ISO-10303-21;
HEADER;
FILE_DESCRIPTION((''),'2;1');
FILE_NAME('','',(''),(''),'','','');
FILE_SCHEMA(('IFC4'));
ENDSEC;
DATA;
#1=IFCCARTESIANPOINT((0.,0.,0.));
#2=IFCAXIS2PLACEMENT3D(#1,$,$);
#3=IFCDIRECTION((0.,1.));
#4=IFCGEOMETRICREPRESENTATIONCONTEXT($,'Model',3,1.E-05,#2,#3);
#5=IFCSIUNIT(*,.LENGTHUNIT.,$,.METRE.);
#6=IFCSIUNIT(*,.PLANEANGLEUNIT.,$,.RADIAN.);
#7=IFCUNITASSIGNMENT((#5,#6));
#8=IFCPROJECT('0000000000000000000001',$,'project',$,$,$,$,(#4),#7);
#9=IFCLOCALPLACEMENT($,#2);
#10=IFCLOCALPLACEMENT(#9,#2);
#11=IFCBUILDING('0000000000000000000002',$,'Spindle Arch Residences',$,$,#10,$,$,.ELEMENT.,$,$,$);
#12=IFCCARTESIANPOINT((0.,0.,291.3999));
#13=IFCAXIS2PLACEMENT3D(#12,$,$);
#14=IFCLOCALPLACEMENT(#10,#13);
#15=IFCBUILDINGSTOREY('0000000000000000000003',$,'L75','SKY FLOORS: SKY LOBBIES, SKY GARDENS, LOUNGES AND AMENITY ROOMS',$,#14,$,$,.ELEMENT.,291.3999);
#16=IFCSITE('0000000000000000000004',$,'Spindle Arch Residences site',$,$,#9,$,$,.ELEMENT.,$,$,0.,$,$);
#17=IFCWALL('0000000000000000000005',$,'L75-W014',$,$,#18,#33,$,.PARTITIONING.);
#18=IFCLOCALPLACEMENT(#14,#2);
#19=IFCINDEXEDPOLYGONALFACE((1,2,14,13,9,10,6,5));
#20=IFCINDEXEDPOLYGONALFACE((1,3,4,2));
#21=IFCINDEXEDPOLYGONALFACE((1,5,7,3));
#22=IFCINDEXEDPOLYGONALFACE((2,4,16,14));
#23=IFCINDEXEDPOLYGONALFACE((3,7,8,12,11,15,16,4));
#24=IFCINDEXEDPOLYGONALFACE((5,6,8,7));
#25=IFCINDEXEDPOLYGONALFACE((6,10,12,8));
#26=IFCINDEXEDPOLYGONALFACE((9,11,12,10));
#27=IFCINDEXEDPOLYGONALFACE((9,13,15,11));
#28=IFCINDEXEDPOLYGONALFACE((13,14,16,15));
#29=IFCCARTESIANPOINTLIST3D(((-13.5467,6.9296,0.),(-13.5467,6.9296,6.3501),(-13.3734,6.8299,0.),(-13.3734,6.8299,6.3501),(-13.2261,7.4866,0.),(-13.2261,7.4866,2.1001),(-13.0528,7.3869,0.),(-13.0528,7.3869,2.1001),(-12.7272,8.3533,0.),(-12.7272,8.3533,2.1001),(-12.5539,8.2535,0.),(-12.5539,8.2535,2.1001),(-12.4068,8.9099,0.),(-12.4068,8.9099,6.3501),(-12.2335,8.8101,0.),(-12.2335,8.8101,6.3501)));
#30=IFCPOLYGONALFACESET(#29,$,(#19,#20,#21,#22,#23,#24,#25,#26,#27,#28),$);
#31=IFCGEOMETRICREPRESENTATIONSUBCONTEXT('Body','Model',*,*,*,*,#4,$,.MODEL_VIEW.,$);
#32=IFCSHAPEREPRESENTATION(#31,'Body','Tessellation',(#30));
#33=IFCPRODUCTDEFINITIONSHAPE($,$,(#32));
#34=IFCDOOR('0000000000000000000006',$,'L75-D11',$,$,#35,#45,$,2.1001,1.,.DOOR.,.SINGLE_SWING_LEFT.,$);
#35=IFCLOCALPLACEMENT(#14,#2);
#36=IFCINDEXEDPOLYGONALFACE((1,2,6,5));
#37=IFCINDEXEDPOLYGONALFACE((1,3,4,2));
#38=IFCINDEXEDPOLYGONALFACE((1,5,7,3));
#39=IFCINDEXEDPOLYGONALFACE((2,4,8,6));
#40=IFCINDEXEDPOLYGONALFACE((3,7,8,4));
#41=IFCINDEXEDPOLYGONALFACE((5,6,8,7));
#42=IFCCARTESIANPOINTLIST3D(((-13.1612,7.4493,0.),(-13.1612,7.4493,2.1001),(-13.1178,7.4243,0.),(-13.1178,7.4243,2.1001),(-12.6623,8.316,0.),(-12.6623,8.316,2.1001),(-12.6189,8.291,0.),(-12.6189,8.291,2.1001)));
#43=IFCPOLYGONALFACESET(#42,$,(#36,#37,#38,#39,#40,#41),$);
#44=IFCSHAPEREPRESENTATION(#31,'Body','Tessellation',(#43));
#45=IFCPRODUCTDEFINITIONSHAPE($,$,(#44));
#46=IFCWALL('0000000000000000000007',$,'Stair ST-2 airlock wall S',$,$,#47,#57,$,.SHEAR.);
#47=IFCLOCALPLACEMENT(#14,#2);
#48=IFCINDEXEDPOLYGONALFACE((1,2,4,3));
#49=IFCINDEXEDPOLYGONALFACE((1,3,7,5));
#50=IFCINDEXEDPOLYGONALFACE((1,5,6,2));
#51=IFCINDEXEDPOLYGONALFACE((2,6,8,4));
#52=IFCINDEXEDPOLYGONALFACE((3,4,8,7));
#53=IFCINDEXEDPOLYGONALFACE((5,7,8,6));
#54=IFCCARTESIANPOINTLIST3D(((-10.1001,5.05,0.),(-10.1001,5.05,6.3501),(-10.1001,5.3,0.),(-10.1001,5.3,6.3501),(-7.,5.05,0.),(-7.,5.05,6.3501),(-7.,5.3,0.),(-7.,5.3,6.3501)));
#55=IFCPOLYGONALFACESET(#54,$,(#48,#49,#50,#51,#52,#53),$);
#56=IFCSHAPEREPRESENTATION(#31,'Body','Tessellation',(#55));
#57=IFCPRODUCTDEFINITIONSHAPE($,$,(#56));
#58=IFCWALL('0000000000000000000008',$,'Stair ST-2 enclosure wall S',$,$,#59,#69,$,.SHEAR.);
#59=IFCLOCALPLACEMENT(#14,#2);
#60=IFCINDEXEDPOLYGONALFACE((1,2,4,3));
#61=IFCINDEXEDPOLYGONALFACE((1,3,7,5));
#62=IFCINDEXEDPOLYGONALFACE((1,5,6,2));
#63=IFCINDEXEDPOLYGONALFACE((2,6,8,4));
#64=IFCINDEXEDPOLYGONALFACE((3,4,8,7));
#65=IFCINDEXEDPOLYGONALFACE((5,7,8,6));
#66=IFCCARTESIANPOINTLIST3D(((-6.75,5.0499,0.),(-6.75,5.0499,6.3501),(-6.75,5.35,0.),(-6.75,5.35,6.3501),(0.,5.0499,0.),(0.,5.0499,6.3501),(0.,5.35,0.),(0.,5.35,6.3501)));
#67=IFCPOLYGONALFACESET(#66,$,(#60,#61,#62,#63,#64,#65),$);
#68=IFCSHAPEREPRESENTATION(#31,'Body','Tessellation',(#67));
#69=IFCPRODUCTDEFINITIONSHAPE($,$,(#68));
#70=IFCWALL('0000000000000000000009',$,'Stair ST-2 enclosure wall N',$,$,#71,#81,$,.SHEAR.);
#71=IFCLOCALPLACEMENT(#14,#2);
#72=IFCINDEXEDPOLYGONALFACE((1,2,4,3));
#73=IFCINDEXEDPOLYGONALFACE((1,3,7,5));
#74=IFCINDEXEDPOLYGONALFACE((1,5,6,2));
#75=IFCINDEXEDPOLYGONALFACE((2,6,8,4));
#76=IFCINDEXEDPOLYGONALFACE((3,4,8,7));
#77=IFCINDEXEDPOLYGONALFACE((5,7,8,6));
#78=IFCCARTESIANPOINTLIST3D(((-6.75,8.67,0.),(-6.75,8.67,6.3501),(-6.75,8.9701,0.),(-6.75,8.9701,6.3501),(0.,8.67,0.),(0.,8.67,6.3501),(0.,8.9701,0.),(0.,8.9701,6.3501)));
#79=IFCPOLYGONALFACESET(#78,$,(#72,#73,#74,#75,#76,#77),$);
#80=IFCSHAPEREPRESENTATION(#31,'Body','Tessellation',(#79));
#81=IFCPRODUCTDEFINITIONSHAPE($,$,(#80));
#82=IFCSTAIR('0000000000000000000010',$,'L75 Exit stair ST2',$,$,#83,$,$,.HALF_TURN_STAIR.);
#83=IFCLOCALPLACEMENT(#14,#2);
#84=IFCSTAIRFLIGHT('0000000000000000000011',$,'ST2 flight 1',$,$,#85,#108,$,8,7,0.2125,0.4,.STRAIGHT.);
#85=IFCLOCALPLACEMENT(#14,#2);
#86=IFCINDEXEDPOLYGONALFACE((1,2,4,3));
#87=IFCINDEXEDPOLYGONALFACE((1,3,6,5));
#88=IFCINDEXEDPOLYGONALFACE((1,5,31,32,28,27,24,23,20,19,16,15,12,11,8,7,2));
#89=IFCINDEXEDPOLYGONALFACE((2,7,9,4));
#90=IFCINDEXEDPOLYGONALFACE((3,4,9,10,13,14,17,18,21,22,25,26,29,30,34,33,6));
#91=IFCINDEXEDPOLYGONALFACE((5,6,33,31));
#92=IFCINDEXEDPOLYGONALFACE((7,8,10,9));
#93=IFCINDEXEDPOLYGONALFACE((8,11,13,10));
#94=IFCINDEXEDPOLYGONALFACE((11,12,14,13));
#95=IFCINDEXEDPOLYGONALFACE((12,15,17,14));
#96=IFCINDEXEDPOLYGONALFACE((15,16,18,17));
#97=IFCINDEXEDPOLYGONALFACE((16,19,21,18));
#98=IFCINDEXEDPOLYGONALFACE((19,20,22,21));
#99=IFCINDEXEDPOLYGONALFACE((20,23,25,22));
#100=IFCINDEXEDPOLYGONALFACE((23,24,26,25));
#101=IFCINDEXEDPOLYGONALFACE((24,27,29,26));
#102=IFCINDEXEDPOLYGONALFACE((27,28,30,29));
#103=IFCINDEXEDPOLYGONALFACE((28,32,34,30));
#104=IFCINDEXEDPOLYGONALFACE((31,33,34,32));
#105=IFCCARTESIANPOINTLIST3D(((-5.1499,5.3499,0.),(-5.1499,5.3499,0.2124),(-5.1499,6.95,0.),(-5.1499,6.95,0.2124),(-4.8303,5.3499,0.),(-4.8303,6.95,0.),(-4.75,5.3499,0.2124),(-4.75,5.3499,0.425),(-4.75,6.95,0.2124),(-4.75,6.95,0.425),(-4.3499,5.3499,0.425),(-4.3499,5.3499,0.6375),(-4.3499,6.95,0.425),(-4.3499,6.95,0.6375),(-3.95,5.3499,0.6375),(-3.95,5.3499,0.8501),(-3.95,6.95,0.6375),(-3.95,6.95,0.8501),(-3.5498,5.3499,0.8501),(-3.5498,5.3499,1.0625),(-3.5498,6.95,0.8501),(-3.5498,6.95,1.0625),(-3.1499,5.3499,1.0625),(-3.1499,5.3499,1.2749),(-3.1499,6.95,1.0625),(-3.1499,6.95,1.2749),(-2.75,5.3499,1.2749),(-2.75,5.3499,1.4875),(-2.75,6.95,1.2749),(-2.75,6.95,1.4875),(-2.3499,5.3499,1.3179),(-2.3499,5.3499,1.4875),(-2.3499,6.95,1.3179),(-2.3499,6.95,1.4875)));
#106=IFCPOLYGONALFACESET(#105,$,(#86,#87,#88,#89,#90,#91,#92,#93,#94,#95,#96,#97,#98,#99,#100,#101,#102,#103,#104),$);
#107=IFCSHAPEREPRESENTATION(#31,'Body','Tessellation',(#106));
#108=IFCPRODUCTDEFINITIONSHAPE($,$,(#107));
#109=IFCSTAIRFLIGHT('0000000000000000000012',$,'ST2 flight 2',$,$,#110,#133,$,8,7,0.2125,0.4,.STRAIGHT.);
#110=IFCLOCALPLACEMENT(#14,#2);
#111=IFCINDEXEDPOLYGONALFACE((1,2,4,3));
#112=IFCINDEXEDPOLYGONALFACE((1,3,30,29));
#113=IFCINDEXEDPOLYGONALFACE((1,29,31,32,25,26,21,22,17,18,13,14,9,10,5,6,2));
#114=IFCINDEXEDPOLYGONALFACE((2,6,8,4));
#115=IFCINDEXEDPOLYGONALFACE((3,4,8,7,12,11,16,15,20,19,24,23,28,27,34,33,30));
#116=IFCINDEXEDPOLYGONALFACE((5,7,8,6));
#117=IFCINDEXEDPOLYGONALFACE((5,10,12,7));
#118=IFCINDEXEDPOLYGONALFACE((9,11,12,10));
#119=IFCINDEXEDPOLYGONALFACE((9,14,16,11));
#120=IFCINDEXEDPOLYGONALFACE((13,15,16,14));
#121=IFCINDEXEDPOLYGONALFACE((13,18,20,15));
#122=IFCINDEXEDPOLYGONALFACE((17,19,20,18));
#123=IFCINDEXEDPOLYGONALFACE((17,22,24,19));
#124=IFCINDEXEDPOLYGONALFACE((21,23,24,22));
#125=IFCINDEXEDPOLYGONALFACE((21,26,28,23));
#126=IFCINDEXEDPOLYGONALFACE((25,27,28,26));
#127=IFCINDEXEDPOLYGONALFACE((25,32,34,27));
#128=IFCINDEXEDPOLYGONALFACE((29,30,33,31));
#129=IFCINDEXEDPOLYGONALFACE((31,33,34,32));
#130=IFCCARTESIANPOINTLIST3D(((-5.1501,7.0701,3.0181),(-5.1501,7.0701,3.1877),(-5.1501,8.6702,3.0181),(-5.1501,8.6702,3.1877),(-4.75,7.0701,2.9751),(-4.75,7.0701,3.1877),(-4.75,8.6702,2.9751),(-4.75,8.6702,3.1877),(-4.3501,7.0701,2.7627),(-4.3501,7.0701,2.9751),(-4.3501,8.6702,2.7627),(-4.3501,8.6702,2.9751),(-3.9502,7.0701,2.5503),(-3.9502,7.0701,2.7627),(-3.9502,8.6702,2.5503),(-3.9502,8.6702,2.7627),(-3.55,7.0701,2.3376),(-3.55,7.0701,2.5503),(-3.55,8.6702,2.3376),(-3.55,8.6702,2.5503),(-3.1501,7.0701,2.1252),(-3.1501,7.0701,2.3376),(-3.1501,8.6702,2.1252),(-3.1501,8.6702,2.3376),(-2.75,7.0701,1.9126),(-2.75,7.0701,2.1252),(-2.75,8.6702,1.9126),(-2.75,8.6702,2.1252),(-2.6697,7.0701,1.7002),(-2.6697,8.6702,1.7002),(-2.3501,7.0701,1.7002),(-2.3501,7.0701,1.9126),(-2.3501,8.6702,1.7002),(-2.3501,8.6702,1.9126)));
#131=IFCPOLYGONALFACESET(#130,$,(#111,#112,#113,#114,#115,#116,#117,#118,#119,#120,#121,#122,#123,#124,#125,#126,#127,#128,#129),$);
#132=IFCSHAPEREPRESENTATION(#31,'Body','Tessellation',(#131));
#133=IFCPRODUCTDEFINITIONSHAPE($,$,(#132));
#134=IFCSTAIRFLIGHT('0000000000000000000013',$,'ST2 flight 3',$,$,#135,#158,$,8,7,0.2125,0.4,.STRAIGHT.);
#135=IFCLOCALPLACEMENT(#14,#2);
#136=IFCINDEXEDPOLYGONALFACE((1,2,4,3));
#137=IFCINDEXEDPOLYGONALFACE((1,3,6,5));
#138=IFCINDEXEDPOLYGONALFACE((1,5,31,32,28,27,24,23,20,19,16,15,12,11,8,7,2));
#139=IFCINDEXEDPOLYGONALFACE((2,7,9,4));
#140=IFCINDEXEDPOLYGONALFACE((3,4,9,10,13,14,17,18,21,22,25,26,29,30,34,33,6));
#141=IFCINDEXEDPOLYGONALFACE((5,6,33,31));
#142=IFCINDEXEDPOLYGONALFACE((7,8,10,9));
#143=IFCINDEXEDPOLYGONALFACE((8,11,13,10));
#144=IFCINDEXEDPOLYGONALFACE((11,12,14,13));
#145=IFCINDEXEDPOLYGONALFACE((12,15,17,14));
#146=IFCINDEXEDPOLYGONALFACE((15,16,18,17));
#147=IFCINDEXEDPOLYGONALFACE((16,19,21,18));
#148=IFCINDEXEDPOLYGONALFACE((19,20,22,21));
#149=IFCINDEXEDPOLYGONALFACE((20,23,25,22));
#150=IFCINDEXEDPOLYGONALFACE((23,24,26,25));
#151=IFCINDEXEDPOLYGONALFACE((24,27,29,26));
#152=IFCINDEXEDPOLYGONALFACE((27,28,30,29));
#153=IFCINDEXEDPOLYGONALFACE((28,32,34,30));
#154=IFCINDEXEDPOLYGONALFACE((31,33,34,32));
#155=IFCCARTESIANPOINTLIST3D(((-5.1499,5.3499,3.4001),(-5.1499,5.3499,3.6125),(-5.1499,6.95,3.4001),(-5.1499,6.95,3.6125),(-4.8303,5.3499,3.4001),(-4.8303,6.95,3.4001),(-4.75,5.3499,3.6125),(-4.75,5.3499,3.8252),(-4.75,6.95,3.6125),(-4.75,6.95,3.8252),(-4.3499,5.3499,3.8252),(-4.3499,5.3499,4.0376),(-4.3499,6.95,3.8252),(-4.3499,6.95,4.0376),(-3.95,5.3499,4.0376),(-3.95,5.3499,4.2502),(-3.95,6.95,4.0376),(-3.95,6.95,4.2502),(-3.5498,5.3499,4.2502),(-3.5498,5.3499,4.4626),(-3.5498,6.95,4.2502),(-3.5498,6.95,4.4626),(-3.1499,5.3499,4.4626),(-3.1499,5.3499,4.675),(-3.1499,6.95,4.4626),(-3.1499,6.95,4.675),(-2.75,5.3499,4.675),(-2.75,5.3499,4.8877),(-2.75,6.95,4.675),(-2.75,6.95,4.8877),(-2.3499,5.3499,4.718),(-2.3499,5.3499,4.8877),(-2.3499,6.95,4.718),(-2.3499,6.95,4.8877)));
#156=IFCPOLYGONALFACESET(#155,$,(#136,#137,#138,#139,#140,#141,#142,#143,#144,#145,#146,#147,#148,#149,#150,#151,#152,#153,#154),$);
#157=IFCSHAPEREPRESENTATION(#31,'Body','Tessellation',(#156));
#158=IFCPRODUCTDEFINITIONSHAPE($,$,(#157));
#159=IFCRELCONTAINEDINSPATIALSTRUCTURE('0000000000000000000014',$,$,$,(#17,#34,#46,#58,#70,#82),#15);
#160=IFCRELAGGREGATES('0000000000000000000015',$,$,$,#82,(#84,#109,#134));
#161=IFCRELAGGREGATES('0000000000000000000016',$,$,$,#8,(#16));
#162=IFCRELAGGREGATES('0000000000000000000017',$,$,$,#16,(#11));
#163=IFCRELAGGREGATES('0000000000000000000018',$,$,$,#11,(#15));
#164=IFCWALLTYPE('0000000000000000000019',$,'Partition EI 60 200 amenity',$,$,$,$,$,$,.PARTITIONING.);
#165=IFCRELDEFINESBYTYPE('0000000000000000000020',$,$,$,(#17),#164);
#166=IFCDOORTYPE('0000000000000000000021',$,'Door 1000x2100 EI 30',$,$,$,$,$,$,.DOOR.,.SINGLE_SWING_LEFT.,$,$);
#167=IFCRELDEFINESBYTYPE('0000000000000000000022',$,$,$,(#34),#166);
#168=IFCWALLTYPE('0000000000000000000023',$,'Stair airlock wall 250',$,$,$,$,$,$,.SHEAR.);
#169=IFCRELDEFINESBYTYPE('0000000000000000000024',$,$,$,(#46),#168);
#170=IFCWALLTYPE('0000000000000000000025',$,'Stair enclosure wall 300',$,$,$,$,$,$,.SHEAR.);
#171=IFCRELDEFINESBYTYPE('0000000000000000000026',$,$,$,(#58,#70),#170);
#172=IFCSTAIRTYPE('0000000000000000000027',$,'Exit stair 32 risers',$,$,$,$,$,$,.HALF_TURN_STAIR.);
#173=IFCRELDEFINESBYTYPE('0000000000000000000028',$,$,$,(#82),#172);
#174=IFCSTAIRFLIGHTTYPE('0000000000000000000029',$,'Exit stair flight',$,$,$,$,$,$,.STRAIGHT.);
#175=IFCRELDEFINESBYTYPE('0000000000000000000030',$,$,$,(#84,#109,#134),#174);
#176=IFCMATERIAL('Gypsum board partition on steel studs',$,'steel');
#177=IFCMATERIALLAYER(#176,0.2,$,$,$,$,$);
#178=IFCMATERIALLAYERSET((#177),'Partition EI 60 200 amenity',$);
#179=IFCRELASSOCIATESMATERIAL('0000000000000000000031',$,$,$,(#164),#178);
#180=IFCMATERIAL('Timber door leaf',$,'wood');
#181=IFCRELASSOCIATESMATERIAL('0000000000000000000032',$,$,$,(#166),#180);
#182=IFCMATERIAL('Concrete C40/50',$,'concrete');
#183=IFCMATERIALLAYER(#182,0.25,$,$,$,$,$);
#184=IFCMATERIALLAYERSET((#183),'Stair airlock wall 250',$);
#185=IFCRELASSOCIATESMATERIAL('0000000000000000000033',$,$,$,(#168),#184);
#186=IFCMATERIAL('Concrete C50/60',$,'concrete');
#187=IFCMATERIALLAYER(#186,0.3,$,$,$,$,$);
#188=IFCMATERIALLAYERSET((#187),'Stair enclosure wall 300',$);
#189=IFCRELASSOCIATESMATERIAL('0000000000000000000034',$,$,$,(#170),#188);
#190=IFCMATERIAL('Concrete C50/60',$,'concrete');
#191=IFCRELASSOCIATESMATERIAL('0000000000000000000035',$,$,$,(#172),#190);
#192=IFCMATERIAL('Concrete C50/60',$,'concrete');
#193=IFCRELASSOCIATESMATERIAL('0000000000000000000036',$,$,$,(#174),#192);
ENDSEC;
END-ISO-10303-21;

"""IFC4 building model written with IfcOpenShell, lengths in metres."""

from ifc_helpers import new_model, si_unit, direction, frame, frame_2d, origin, place, context, subcontext, project, spatial, polyline, rectangle, outline, extrude, material, layer, layer_set, type_object, element, fill, aggregate, save


model = new_model("IFC4")

# Units and contexts
model_context = context("Model", 3, precision=1e-05, world=origin(), true_north=direction((0.0, 1.0)))
body_context = subcontext(model_context, "Body", "Model", "MODEL_VIEW")
ifc_project = project(units=[si_unit("LENGTHUNIT", "METRE"), si_unit("PLANEANGLEUNIT", "RADIAN")], contexts=[model_context])

# Site, building, storey
site_placement = place(None, origin())
site = spatial("IfcSite", under=ifc_project, at=site_placement, Name="Spindle Arch Residences site", CompositionType="ELEMENT", RefElevation=0.0)
building_placement = place(site_placement, origin())
building = spatial("IfcBuilding", under=site, at=building_placement, Name="Spindle Arch Residences", CompositionType="ELEMENT")
storey_placement = place(building_placement, frame((0.0, 0.0, 291.3999)))
storey = spatial("IfcBuildingStorey", under=building, at=storey_placement, Name="L75", Description="SKY FLOORS: SKY LOBBIES, SKY GARDENS, LOUNGES AND AMENITY ROOMS", CompositionType="ELEMENT", Elevation=291.3999)

# Wall, opening, door
ifc_material_1 = material(Name="Gypsum board partition on steel studs", Category="steel")
ifc_layer_1 = layer(ifc_material_1, 0.2)
ifc_layer_set_1 = layer_set([ifc_layer_1], Name="Partition EI 60 200 amenity")
wall_type_1 = type_object("IfcWallType", Name="Partition EI 60 200 amenity", PredefinedType="PARTITIONING", material=ifc_layer_set_1)
wall_1_placement = place(storey_placement, frame((-12.3201, 8.8601, 0.0), z_axis=(0.0, 0.0, 1.0), x_axis=(-0.498887, -0.866667, 0.0)))
wall_1 = element("IfcWall", 1, at=wall_1_placement, inside=storey, type_object=wall_type_1, Name="L75-W014", PredefinedType="PARTITIONING", context=body_context, shape_type="SweptSolid", body=[
    extrude(rectangle(XDim=2.2849, YDim=0.2, at=frame_2d((1.1426, 0.0))), origin(), (0.0, 0.0, 1.0), 6.3501),
])
opening_1_placement = place(wall_1_placement, frame((0.6423, 0.0, 0.0)))
opening_1 = element("IfcOpeningElement", 2, at=opening_1_placement, cuts=wall_1, PredefinedType="OPENING", context=body_context, shape_type="SweptSolid", body=[
    extrude(rectangle(XDim=1.0, YDim=2.1001, at=frame_2d((0.5, 1.05))), frame((0.0, 0.1099, 0.0), z_axis=(0.0, -1.0, 0.0), x_axis=(1.0, 0.0, 0.0)), (0.0, 0.0, 1.0), 0.22),
])
ifc_material_2 = material(Name="Timber door leaf", Category="wood")
door_type_1 = type_object("IfcDoorType", Name="Door 1000x2100 EI 30", OperationType="SINGLE_SWING_LEFT", PredefinedType="DOOR", material=ifc_material_2)
door_1_placement = place(opening_1_placement, origin())
door_1 = element("IfcDoor", 3, at=door_1_placement, inside=storey, type_object=door_type_1, Name="L75-D11", OperationType="SINGLE_SWING_LEFT", OverallHeight=2.1001, OverallWidth=1.0, PredefinedType="DOOR", context=body_context, shape_type="SweptSolid", body=[
    extrude(rectangle(XDim=1.0, YDim=2.1001, at=frame_2d((0.5, 1.05))), frame((0.0, 0.0249, 0.0), z_axis=(0.0, -1.0, 0.0), x_axis=(1.0, 0.0, 0.0)), (0.0, 0.0, 1.0), 0.05),
])
fill(opening_1, door_1)

# Walls
ifc_material_3 = material(Name="Concrete C40/50", Category="concrete")
ifc_layer_2 = layer(ifc_material_3, 0.25)
ifc_layer_set_2 = layer_set([ifc_layer_2], Name="Stair airlock wall 250")
wall_type_2 = type_object("IfcWallType", Name="Stair airlock wall 250", PredefinedType="SHEAR", material=ifc_layer_set_2)
wall_2_placement = place(storey_placement, frame((-7.0, 5.175, 0.0), z_axis=(0.0, 0.0, 1.0), x_axis=(-1.0, 0.0, 0.0)))
element("IfcWall", 4, at=wall_2_placement, inside=storey, type_object=wall_type_2, Name="Stair ST-2 airlock wall S", PredefinedType="SHEAR", context=body_context, shape_type="SweptSolid", body=[
    extrude(rectangle(XDim=3.1001, YDim=0.25, at=frame_2d((1.55, 0.0))), origin(), (0.0, 0.0, 1.0), 6.3501),
])
ifc_material_4 = material(Name="Concrete C50/60", Category="concrete")
ifc_layer_3 = layer(ifc_material_4, 0.3)
ifc_layer_set_3 = layer_set([ifc_layer_3], Name="Stair enclosure wall 300")
wall_type_3 = type_object("IfcWallType", Name="Stair enclosure wall 300", PredefinedType="SHEAR", material=ifc_layer_set_3)
for number, where, z_axis, x_axis, name in (
    (5, (-6.75, 5.2, 0.0), (0.0, 0.0, 1.0), (1.0, 0.0, 0.0), "Stair ST-2 enclosure wall S"),
    (6, (-6.75, 8.8201, 0.0), (0.0, 0.0, 1.0), (1.0, 0.0, 0.0), "Stair ST-2 enclosure wall N"),
):
    element("IfcWall", number, at=place(storey_placement, frame(where, z_axis=z_axis, x_axis=x_axis)), inside=storey, type_object=wall_type_3, Name=name, PredefinedType="SHEAR", context=body_context, shape_type="SweptSolid", body=[
        extrude(rectangle(XDim=6.75, YDim=0.3, at=frame_2d((3.375, 0.0))), origin(), (0.0, 0.0, 1.0), 6.3501),
    ])

# Stair, stair flights
ifc_material_5 = material(Name="Concrete C50/60", Category="concrete")
stair_type = type_object("IfcStairType", Name="Exit stair 32 risers", PredefinedType="HALF_TURN_STAIR", material=ifc_material_5)
stair_placement = place(storey_placement, origin())
stair = element("IfcStair", 7, at=stair_placement, inside=storey, type_object=stair_type, Name="L75 Exit stair ST2", PredefinedType="HALF_TURN_STAIR")
ifc_material_6 = material(Name="Concrete C50/60", Category="concrete")
stair_flight_type = type_object("IfcStairFlightType", Name="Exit stair flight", PredefinedType="STRAIGHT", material=ifc_material_6)
stair_flight_1_placement = place(storey_placement, frame((-5.1499, 6.1499, 0.0), z_axis=(0.0, 0.0, 1.0), x_axis=(1.0, 0.0, 0.0)))
stair_flight_1 = element("IfcStairFlight", 8, at=stair_flight_1_placement, type_object=stair_flight_type, Name="ST2 flight 1", NumberOfRisers=8, NumberOfTreads=7, PredefinedType="STRAIGHT", RiserHeight=0.2125, TreadLength=0.4, context=body_context, shape_type="SweptSolid", body=[
    extrude(outline(polyline([(0.0, 0.0), (0.0, 0.2124), (0.3999, 0.2124), (0.3999, 0.425), (0.8, 0.425), (0.8, 0.6375), (1.2, 0.6375), (1.2, 0.8501), (1.6001, 0.8501), (1.6001, 1.0625), (2.0, 1.0625), (2.0, 1.2749), (2.3999, 1.2749), (2.3999, 1.4875), (2.8, 1.4875), (2.8, 1.7), (2.8, 1.3179), (0.3196, 0.0), (0.0, 0.0)])), frame((0.0, 0.8, 0.0), z_axis=(0.0, -1.0, 0.0), x_axis=(1.0, 0.0, 0.0)), (0.0, 0.0, 1.0), 1.6001),
])
stair_flight_2_placement = place(storey_placement, frame((-2.3501, 7.8701, 1.7002), z_axis=(0.0, 0.0, 1.0), x_axis=(-1.0, 0.0, 0.0)))
stair_flight_2 = element("IfcStairFlight", 9, at=stair_flight_2_placement, type_object=stair_flight_type, Name="ST2 flight 2", NumberOfRisers=8, NumberOfTreads=7, PredefinedType="STRAIGHT", RiserHeight=0.2125, TreadLength=0.4, context=body_context, shape_type="SweptSolid", body=[
    extrude(outline(polyline([(0.0, 0.0), (0.0, 0.2124), (0.3999, 0.2124), (0.3999, 0.425), (0.8, 0.425), (0.8, 0.6375), (1.2, 0.6375), (1.2, 0.8501), (1.6001, 0.8501), (1.6001, 1.0625), (2.0, 1.0625), (2.0, 1.2749), (2.3999, 1.2749), (2.3999, 1.4875), (2.8, 1.4875), (2.8, 1.7), (2.8, 1.3179), (0.3196, 0.0), (0.0, 0.0)])), frame((0.0, 0.8, 0.0), z_axis=(0.0, -1.0, 0.0), x_axis=(1.0, 0.0, 0.0)), (0.0, 0.0, 1.0), 1.6001),
])
stair_flight_3_placement = place(storey_placement, frame((-5.1499, 6.1499, 3.4001), z_axis=(0.0, 0.0, 1.0), x_axis=(1.0, 0.0, 0.0)))
stair_flight_3 = element("IfcStairFlight", 10, at=stair_flight_3_placement, type_object=stair_flight_type, Name="ST2 flight 3", NumberOfRisers=8, NumberOfTreads=7, PredefinedType="STRAIGHT", RiserHeight=0.2125, TreadLength=0.4, context=body_context, shape_type="SweptSolid", body=[
    extrude(outline(polyline([(0.0, 0.0), (0.0, 0.2124), (0.3999, 0.2124), (0.3999, 0.425), (0.8, 0.425), (0.8, 0.6375), (1.2, 0.6375), (1.2, 0.8501), (1.6001, 0.8501), (1.6001, 1.0625), (2.0, 1.0625), (2.0, 1.2749), (2.3999, 1.2749), (2.3999, 1.4875), (2.8, 1.4875), (2.8, 1.7), (2.8, 1.3179), (0.3196, 0.0), (0.0, 0.0)])), frame((0.0, 0.8, 0.0), z_axis=(0.0, -1.0, 0.0), x_axis=(1.0, 0.0, 0.0)), (0.0, 0.0, 1.0), 1.6001),
])
aggregate(stair, [stair_flight_1, stair_flight_2, stair_flight_3])

save(model, "model.ifc")
